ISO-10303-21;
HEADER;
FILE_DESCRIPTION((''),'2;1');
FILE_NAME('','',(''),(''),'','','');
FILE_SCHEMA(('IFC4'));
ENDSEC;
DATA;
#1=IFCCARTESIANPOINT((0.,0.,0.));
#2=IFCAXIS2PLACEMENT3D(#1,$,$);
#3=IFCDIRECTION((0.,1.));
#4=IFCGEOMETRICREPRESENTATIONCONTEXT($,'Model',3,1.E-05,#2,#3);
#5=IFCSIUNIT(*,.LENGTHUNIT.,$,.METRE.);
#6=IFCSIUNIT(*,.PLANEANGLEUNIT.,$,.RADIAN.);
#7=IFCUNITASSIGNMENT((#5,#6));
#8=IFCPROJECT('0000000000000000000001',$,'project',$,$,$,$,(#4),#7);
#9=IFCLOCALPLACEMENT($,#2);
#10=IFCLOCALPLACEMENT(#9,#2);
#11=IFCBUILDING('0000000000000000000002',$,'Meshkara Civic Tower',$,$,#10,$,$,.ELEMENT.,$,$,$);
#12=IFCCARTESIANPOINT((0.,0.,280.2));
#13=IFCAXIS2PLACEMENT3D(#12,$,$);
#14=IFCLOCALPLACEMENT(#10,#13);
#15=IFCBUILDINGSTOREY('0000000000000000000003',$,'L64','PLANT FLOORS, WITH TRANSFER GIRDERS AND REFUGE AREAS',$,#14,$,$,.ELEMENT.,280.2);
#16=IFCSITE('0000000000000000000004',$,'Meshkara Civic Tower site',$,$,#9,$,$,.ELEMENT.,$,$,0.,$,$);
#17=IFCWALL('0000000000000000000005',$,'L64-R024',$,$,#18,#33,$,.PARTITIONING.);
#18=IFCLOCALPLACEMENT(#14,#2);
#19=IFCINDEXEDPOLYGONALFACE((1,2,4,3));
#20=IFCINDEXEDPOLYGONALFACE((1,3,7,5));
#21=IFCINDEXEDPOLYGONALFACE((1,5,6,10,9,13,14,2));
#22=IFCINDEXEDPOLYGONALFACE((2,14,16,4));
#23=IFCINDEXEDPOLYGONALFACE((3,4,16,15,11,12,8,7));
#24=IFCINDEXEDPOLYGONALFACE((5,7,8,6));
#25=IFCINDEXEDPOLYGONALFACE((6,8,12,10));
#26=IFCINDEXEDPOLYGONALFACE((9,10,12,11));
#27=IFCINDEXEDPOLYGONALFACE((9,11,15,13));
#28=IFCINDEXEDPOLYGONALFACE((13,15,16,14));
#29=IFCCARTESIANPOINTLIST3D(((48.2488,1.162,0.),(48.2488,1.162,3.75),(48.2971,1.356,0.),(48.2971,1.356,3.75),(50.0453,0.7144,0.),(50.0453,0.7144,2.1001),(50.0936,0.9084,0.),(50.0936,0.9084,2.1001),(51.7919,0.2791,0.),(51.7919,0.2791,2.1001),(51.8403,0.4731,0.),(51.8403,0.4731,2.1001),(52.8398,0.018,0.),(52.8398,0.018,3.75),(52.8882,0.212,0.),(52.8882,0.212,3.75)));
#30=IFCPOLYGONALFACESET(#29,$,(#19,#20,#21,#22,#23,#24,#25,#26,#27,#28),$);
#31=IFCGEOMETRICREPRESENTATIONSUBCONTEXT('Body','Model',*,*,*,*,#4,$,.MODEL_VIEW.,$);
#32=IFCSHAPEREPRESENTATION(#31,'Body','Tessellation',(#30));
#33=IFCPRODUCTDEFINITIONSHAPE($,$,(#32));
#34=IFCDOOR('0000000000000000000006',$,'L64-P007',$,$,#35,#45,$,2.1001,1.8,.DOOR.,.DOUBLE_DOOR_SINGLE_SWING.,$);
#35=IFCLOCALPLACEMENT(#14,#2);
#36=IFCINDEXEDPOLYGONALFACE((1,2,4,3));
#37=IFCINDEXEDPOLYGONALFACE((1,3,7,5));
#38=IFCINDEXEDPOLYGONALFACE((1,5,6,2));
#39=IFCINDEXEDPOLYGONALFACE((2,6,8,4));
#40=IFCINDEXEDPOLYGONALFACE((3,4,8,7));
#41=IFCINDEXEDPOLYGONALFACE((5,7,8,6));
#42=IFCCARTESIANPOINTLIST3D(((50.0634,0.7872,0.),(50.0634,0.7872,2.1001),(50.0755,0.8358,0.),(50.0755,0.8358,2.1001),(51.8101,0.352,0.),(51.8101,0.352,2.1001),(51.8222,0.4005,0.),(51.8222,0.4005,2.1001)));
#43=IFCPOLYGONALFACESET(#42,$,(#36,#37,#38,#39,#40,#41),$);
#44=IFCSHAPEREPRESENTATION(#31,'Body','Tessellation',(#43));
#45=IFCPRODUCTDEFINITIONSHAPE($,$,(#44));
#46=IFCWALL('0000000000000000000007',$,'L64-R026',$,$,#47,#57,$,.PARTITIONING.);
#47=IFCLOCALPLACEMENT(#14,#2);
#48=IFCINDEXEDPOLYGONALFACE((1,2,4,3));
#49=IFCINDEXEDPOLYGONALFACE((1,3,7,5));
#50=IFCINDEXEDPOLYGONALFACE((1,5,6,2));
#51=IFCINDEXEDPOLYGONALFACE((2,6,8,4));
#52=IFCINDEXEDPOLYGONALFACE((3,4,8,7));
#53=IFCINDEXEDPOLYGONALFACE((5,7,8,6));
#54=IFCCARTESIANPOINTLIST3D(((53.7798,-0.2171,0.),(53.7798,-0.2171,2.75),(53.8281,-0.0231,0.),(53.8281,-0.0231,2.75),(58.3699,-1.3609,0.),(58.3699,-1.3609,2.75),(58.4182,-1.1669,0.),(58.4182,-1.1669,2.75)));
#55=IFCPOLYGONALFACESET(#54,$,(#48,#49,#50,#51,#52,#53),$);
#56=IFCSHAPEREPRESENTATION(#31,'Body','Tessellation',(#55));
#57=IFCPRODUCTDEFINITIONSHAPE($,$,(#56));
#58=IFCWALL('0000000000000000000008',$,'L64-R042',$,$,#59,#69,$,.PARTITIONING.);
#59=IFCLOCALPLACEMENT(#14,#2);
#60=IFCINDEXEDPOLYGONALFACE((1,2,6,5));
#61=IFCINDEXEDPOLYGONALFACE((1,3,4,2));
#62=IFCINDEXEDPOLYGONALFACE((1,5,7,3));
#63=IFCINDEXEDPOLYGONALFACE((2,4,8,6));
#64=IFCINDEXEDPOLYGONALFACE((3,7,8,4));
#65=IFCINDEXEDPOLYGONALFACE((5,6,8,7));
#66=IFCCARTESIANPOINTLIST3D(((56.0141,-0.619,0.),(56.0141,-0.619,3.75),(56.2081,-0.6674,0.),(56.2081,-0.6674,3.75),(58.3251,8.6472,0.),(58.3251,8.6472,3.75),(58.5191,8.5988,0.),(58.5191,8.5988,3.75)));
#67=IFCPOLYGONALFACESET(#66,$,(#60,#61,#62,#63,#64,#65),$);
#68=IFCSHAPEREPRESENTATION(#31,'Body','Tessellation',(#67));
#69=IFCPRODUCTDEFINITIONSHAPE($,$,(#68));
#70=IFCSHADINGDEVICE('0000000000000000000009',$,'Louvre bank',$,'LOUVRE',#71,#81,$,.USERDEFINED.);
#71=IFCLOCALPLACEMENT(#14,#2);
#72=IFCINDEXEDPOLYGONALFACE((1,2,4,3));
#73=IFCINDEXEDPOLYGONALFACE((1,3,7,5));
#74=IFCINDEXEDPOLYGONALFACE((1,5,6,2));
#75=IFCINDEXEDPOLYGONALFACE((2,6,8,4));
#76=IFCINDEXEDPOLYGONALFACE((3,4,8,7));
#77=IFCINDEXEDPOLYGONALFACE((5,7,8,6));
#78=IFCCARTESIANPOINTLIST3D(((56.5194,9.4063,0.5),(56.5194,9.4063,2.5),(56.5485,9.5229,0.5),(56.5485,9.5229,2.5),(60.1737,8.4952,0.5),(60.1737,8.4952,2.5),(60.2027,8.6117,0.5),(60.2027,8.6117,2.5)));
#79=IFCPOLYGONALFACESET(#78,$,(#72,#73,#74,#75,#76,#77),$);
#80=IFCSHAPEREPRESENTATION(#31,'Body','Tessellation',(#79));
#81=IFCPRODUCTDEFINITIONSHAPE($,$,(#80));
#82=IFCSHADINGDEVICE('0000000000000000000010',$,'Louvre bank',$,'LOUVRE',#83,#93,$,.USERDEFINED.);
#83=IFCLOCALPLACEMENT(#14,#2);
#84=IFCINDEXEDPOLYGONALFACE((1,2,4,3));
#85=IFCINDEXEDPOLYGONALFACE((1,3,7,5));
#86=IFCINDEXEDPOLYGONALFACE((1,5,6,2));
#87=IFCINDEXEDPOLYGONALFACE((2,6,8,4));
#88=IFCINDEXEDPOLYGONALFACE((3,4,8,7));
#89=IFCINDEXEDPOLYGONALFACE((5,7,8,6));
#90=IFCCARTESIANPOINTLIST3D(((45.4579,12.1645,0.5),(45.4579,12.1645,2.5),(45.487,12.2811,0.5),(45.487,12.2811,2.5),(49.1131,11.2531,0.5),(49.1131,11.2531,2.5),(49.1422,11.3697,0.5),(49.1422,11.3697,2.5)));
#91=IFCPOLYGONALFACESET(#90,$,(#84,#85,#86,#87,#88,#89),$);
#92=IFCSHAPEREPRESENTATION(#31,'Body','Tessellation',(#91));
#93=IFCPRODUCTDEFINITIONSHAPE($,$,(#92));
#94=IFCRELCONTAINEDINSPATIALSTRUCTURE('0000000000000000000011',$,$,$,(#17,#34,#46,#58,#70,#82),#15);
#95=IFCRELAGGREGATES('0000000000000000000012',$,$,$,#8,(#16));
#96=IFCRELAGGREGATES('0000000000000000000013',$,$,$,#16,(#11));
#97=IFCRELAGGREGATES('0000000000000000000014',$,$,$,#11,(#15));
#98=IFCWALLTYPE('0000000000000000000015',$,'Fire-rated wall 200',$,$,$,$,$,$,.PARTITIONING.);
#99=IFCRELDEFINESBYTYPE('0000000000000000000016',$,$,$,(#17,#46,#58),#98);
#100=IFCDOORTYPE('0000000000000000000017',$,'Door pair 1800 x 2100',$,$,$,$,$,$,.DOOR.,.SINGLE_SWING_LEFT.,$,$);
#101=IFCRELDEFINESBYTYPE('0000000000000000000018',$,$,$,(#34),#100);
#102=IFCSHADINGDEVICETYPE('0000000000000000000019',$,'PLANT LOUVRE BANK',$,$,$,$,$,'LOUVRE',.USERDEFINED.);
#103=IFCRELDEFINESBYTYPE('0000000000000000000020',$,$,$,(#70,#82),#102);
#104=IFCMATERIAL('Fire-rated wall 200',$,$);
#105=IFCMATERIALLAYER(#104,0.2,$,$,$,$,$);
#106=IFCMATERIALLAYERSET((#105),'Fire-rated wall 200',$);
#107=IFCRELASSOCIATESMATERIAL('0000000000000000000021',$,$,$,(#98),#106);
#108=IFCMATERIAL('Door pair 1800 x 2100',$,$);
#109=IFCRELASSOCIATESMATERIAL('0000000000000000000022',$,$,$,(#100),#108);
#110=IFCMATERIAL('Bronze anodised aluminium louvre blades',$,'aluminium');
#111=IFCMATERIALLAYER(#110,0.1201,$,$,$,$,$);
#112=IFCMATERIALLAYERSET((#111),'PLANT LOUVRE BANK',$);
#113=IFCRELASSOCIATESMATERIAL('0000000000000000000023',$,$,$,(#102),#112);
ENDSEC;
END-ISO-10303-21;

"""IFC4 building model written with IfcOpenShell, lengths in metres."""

from ifc_helpers import new_model, si_unit, direction, frame, frame_2d, origin, origin_2d, place, context, subcontext, project, spatial, rectangle, extrude, material, layer, layer_set, type_object, element, fill, save


model = new_model("IFC4")

# Units and contexts
model_context = context("Model", 3, precision=1e-05, world=origin(), true_north=direction((0.0, 1.0)))
body_context = subcontext(model_context, "Body", "Model", "MODEL_VIEW")
ifc_project = project(units=[si_unit("LENGTHUNIT", "METRE"), si_unit("PLANEANGLEUNIT", "RADIAN")], contexts=[model_context])

# Site, building, storey
site_placement = place(None, origin())
site = spatial("IfcSite", under=ifc_project, at=site_placement, Name="Meshkara Civic Tower site", CompositionType="ELEMENT", RefElevation=0.0)
building_placement = place(site_placement, origin())
building = spatial("IfcBuilding", under=site, at=building_placement, Name="Meshkara Civic Tower", CompositionType="ELEMENT")
storey_placement = place(building_placement, frame((0.0, 0.0, 280.2)))
storey = spatial("IfcBuildingStorey", under=building, at=storey_placement, Name="L64", Description="PLANT FLOORS, WITH TRANSFER GIRDERS AND REFUGE AREAS", CompositionType="ELEMENT", Elevation=280.2)

# Shared definitions
ifc_material_1 = material(Name="Fire-rated wall 200")
ifc_layer_1 = layer(ifc_material_1, 0.2)
ifc_layer_set_1 = layer_set([ifc_layer_1], Name="Fire-rated wall 200")
wall_type_1 = type_object("IfcWallType", Name="Fire-rated wall 200", PredefinedType="PARTITIONING", material=ifc_layer_set_1)

# Wall, opening, door
wall_1_placement = place(storey_placement, frame((52.864, 0.115, 0.0), z_axis=(0.0, 0.0, 1.0), x_axis=(-0.970327, 0.241795, 0.0)))
wall_1 = element("IfcWall", 1, at=wall_1_placement, inside=storey, type_object=wall_type_1, Name="L64-R024", PredefinedType="PARTITIONING", context=body_context, shape_type="SweptSolid", body=[
    extrude(rectangle(XDim=4.7314, YDim=0.2, at=frame_2d((2.3657, 0.0))), origin(), (0.0, 0.0, 1.0), 3.75),
])
opening_placement = place(wall_1_placement, frame((1.0801, 0.0, 0.0)))
opening = element("IfcOpeningElement", 2, at=opening_placement, cuts=wall_1, PredefinedType="OPENING", context=body_context, shape_type="SweptSolid", body=[
    extrude(rectangle(XDim=1.8, YDim=2.1001, at=frame_2d((0.8999, 1.05))), frame((0.0, 0.1099, 0.0), z_axis=(0.0, -1.0, 0.0), x_axis=(1.0, 0.0, 0.0)), (0.0, 0.0, 1.0), 0.22),
])
ifc_material_2 = material(Name="Door pair 1800 x 2100")
door_type = type_object("IfcDoorType", Name="Door pair 1800 x 2100", OperationType="SINGLE_SWING_LEFT", PredefinedType="DOOR", material=ifc_material_2)
door_placement = place(opening_placement, origin())
door = element("IfcDoor", 3, at=door_placement, inside=storey, type_object=door_type, Name="L64-P007", OperationType="DOUBLE_DOOR_SINGLE_SWING", OverallHeight=2.1001, OverallWidth=1.8, PredefinedType="DOOR", context=body_context, shape_type="SweptSolid", body=[
    extrude(rectangle(XDim=1.8, YDim=2.1001, at=frame_2d((0.8999, 1.05))), frame((0.0, 0.0249, 0.0), z_axis=(0.0, -1.0, 0.0), x_axis=(1.0, 0.0, 0.0)), (0.0, 0.0, 1.0), 0.05),
])
fill(opening, door)

# Walls
wall_2_placement = place(storey_placement, frame((53.804, -0.1201, 0.0), z_axis=(0.0, 0.0, 1.0), x_axis=(0.970327, -0.241795, 0.0)))
element("IfcWall", 4, at=wall_2_placement, inside=storey, type_object=wall_type_1, Name="L64-R026", PredefinedType="PARTITIONING", context=body_context, shape_type="SweptSolid", body=[
    extrude(rectangle(XDim=4.7305, YDim=0.2, at=frame_2d((2.3652, 0.0))), origin(), (0.0, 0.0, 1.0), 2.75),
])
wall_3_placement = place(storey_placement, frame((56.1111, -0.6431, 0.0), z_axis=(0.0, 0.0, 1.0), x_axis=(0.241994, 0.970278, 0.0)))
element("IfcWall", 5, at=wall_3_placement, inside=storey, type_object=wall_type_1, Name="L64-R042", PredefinedType="PARTITIONING", context=body_context, shape_type="SweptSolid", body=[
    extrude(rectangle(XDim=9.55, YDim=0.2, at=frame_2d((4.7749, 0.0))), origin(), (0.0, 0.0, 1.0), 3.75),
])

# Shading devices
ifc_material_3 = material(Name="Bronze anodised aluminium louvre blades", Category="aluminium")
ifc_layer_2 = layer(ifc_material_3, 0.1201)
ifc_layer_set_2 = layer_set([ifc_layer_2], Name="PLANT LOUVRE BANK")
shading_device_type = type_object("IfcShadingDeviceType", Name="PLANT LOUVRE BANK", ElementType="LOUVRE", PredefinedType="USERDEFINED", material=ifc_layer_set_2)
shading_device_1_placement = place(storey_placement, frame((58.3611, 9.009, 0.5), z_axis=(0.0, 0.0, 1.0), x_axis=(-0.970292, 0.241939, 0.0)))
element("IfcShadingDevice", 6, at=shading_device_1_placement, inside=storey, type_object=shading_device_type, Name="Louvre bank", ObjectType="LOUVRE", PredefinedType="USERDEFINED", context=body_context, shape_type="SweptSolid", body=[
    extrude(rectangle(XDim=3.7661, YDim=0.1201, at=origin_2d()), origin(), (0.0, 0.0, 1.0), 2.0),
])
shading_device_2_placement = place(storey_placement, frame((47.3, 11.7671, 0.5), z_axis=(0.0, 0.0, 1.0), x_axis=(-0.970292, 0.241939, 0.0)))
element("IfcShadingDevice", 7, at=shading_device_2_placement, inside=storey, type_object=shading_device_type, Name="Louvre bank", ObjectType="LOUVRE", PredefinedType="USERDEFINED", context=body_context, shape_type="SweptSolid", body=[
    extrude(rectangle(XDim=3.7671, YDim=0.1201, at=origin_2d()), origin(), (0.0, 0.0, 1.0), 2.0),
])

save(model, "model.ifc")
